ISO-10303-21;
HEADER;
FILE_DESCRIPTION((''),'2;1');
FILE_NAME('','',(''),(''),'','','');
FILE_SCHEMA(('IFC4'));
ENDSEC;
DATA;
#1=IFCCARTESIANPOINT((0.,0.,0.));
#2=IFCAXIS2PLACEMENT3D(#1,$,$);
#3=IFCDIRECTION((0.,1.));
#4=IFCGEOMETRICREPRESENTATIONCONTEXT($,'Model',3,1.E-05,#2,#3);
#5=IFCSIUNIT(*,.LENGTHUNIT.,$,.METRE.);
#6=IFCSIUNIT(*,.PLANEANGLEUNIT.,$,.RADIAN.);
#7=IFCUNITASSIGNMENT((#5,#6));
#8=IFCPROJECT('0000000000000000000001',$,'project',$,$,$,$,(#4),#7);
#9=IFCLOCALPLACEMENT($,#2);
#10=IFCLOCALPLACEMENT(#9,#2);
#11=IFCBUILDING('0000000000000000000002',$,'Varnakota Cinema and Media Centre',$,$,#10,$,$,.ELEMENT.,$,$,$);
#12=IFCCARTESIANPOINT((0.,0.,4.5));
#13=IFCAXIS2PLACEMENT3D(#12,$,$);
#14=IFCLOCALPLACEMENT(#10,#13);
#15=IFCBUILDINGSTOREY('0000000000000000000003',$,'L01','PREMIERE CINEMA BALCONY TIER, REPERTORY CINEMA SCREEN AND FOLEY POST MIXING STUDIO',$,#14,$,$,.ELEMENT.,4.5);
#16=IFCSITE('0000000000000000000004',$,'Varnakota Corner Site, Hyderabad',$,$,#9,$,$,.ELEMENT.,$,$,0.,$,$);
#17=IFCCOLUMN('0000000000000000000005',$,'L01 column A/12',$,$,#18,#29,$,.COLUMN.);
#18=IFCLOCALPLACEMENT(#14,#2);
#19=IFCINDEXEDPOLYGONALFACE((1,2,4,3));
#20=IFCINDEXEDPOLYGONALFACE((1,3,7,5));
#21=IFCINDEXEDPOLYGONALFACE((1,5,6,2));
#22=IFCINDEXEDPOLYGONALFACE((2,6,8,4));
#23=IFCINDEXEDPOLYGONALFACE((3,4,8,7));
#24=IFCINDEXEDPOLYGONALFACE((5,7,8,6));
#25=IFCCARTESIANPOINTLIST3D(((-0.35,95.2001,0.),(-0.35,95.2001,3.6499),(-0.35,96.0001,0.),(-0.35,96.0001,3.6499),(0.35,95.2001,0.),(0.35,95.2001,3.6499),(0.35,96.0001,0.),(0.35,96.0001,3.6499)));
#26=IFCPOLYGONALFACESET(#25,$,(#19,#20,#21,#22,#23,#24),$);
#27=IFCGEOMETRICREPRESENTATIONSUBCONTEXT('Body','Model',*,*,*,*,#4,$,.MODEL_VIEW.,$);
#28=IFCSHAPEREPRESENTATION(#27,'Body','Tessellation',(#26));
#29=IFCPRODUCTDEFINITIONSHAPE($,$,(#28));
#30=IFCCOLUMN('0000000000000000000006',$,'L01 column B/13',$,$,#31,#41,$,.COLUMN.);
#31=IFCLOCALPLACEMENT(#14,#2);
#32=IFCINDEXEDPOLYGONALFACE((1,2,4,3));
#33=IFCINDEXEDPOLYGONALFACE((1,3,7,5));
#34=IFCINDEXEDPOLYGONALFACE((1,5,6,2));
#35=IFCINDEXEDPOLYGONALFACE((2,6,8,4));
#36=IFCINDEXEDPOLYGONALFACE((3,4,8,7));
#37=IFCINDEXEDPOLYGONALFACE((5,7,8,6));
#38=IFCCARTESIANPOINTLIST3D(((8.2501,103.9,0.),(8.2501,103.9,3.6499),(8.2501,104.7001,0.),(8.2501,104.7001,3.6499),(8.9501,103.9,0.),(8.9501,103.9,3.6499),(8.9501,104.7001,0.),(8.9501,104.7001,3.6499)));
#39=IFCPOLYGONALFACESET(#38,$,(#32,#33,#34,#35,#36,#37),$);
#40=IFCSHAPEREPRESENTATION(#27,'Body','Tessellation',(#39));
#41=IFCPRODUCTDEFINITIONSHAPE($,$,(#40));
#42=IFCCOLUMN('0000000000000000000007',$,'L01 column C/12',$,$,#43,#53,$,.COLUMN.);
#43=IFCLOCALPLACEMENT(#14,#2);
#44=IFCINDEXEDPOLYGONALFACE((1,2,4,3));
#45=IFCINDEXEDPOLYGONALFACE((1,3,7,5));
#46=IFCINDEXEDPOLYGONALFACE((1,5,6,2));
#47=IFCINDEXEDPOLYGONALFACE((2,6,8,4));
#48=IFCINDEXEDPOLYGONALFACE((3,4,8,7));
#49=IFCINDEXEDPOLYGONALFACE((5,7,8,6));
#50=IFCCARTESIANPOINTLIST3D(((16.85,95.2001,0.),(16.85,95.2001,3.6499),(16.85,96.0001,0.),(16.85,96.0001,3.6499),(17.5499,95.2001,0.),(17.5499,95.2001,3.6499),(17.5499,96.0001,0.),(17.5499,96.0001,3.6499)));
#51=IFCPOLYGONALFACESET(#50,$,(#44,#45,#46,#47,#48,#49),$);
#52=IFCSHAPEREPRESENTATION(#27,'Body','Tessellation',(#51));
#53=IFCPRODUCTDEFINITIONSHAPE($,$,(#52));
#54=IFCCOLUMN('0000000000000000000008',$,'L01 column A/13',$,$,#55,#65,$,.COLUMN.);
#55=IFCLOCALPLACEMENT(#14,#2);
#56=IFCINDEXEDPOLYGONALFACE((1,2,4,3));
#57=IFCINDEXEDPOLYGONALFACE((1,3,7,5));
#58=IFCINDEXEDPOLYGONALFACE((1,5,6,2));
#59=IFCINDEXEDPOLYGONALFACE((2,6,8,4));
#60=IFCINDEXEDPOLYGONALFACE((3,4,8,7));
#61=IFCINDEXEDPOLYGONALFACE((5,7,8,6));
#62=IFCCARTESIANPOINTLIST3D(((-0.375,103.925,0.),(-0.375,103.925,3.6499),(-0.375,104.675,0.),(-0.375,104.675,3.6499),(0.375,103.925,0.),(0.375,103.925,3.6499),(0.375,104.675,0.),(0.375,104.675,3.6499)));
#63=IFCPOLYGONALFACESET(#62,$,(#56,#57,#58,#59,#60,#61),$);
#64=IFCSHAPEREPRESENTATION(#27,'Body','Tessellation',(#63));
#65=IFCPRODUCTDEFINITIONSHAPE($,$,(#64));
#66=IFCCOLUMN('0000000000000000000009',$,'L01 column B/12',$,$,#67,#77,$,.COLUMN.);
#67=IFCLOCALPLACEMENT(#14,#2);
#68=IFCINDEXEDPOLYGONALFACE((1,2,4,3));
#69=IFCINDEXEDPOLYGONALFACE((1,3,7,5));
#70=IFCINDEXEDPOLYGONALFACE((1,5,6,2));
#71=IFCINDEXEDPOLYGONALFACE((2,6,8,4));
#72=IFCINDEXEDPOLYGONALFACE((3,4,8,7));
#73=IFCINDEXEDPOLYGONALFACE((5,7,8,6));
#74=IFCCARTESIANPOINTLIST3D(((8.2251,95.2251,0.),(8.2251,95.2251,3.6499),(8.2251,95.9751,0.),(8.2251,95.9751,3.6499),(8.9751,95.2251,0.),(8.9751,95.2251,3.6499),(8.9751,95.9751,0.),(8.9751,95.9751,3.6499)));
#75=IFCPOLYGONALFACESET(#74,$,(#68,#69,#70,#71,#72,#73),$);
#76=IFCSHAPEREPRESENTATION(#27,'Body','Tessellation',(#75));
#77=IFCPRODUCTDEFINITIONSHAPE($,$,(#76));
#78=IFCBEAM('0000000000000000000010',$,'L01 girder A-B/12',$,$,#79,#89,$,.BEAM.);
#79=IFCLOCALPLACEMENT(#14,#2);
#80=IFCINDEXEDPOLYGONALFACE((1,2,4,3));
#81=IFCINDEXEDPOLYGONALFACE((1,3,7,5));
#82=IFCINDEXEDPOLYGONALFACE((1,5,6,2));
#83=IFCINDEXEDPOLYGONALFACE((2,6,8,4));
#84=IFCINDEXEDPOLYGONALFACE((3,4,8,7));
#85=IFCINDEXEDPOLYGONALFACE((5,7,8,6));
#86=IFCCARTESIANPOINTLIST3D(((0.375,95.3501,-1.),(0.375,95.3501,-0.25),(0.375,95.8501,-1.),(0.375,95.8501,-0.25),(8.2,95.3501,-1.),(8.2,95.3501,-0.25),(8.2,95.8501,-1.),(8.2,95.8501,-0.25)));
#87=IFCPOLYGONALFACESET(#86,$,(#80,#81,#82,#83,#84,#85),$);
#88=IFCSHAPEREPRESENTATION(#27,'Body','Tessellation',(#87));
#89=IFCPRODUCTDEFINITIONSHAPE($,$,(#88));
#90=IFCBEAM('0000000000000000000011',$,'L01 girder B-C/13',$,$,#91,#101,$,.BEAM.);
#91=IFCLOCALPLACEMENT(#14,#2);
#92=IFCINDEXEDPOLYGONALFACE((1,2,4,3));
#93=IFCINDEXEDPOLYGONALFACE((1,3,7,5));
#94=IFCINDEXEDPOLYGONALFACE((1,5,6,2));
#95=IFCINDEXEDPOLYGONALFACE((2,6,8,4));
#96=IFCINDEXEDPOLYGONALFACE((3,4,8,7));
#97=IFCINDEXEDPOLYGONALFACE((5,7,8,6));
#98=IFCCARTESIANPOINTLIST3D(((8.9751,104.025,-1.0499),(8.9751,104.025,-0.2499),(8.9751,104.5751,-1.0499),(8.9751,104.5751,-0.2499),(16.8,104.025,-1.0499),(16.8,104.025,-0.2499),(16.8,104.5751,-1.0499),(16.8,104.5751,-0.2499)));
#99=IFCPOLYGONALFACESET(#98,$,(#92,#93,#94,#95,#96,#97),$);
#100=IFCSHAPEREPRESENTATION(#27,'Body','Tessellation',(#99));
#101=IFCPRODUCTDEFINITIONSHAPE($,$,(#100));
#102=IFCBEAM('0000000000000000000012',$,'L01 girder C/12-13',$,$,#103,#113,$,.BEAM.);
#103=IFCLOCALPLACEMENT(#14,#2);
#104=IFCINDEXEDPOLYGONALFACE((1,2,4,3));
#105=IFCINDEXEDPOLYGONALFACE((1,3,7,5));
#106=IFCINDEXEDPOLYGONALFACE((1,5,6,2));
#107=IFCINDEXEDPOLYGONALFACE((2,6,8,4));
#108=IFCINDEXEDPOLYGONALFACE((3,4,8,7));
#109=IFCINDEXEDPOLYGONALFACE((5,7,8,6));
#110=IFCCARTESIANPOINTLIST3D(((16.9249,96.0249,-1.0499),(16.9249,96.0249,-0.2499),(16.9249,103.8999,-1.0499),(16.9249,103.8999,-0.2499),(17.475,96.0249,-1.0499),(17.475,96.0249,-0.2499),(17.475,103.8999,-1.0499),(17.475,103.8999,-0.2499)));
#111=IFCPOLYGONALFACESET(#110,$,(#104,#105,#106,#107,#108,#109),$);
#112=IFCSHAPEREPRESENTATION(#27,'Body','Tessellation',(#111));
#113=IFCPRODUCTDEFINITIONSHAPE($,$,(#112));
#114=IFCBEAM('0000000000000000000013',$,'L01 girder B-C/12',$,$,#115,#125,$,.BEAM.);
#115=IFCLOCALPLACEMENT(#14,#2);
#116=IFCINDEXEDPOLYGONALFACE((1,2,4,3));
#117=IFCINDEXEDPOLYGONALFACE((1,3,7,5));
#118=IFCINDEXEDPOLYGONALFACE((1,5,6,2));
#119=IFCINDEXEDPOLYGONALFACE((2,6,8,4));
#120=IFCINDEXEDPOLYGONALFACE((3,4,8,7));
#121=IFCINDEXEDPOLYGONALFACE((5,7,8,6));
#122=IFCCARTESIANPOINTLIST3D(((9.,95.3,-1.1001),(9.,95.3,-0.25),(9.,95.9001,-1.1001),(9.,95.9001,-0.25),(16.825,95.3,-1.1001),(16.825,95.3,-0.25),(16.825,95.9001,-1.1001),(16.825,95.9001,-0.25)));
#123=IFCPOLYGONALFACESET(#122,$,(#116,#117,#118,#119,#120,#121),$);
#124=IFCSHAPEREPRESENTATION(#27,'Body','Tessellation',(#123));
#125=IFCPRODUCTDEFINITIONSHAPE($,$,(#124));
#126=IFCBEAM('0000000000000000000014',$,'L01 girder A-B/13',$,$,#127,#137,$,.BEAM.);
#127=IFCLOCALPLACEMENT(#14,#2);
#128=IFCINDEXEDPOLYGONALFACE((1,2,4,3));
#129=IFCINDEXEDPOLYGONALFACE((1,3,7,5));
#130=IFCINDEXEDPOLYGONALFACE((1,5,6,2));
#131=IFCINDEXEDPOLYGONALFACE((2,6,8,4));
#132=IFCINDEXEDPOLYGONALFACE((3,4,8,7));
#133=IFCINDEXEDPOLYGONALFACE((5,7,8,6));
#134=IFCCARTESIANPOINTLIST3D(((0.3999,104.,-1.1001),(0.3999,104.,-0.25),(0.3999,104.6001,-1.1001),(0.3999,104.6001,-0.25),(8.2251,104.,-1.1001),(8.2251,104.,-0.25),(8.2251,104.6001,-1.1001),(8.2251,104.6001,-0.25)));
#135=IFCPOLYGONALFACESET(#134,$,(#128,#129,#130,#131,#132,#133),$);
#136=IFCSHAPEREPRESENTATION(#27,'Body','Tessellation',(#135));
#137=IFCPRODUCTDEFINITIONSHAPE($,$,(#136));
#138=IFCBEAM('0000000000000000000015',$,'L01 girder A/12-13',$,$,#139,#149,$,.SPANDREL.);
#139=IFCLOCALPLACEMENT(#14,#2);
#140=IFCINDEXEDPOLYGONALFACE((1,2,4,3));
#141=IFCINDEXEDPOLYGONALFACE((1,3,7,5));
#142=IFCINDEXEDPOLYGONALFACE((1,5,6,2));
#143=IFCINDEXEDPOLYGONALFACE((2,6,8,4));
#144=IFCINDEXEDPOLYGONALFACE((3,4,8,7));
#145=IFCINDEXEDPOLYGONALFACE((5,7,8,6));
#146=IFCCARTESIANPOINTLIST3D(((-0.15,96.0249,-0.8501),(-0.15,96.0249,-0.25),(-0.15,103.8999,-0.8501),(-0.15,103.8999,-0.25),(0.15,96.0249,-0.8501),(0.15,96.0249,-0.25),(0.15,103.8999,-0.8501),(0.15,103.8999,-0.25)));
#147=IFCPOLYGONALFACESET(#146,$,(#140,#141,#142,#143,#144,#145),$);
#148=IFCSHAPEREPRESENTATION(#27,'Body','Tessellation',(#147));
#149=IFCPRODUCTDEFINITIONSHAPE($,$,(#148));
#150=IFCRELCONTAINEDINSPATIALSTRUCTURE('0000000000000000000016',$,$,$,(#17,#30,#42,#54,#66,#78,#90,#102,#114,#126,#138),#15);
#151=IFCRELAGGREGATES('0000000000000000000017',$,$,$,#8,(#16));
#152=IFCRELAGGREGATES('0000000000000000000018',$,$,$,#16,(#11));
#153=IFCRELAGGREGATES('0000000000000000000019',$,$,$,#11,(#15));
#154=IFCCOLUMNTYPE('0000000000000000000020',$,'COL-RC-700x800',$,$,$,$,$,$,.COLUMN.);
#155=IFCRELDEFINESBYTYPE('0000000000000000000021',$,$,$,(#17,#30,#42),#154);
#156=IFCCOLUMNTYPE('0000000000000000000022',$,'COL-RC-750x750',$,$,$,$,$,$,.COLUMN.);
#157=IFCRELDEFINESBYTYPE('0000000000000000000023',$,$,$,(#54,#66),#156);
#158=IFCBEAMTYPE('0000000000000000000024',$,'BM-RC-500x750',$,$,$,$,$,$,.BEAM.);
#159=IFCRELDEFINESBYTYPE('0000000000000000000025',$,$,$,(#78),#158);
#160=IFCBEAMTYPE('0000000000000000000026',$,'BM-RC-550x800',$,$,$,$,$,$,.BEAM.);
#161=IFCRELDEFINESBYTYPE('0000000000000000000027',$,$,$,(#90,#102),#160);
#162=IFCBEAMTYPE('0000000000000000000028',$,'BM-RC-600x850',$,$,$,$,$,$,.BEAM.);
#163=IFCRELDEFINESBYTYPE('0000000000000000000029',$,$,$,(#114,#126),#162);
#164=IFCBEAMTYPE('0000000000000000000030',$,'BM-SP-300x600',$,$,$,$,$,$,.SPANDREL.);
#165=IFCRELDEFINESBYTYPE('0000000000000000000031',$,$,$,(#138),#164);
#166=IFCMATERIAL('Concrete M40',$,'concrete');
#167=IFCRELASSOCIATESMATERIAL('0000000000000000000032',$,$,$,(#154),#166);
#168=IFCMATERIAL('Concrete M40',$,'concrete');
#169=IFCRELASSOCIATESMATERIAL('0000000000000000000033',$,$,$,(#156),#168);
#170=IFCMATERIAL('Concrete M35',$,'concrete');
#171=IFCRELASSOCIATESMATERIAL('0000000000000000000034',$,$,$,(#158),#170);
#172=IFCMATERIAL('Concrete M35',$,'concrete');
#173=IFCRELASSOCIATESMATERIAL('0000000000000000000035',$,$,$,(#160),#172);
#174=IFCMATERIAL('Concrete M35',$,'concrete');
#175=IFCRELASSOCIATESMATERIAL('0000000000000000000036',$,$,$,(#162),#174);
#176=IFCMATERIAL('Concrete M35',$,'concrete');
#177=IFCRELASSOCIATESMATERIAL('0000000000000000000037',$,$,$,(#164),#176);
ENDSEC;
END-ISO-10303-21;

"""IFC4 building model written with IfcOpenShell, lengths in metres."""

from ifc_helpers import new_model, si_unit, direction, frame, origin, origin_2d, place, context, subcontext, project, spatial, rectangle, extrude, material, material_profile, profile_set, type_object, element, save


model = new_model("IFC4")

# Units and contexts
model_context = context("Model", 3, precision=1e-05, world=origin(), true_north=direction((0.0, 1.0)))
body_context = subcontext(model_context, "Body", "Model", "MODEL_VIEW")
ifc_project = project(units=[si_unit("LENGTHUNIT", "METRE"), si_unit("PLANEANGLEUNIT", "RADIAN")], contexts=[model_context])

# Site, building, storey
site_placement = place(None, origin())
site = spatial("IfcSite", under=ifc_project, at=site_placement, Name="Varnakota Corner Site, Hyderabad", CompositionType="ELEMENT", RefElevation=0.0)
building_placement = place(site_placement, origin())
building = spatial("IfcBuilding", under=site, at=building_placement, Name="Varnakota Cinema and Media Centre", CompositionType="ELEMENT")
storey_placement = place(building_placement, frame((0.0, 0.0, 4.5)))
storey = spatial("IfcBuildingStorey", under=building, at=storey_placement, Name="L01", Description="PREMIERE CINEMA BALCONY TIER, REPERTORY CINEMA SCREEN AND FOLEY POST MIXING STUDIO", CompositionType="ELEMENT", Elevation=4.5)

# Columns
ifc_material_1 = material(Name="Concrete M40", Category="concrete")
ifc_material_profile_1 = material_profile(ifc_material_1, rectangle(XDim=0.7, YDim=0.8, at=origin_2d()), Name="RC 700x800")
ifc_profile_set_1 = profile_set([ifc_material_profile_1], Name="Concrete M40")
column_type_1 = type_object("IfcColumnType", Name="COL-RC-700x800", PredefinedType="COLUMN", material=ifc_profile_set_1)
for number, where, z_axis, x_axis, name in (
    (1, (0.0, 95.6001, 0.0), (0.0, 0.0, 1.0), (1.0, 0.0, 0.0), "L01 column A/12"),
    (2, (8.6001, 104.3, 0.0), (0.0, 0.0, 1.0), (1.0, 0.0, 0.0), "L01 column B/13"),
    (3, (17.2, 95.6001, 0.0), (0.0, 0.0, 1.0), (1.0, 0.0, 0.0), "L01 column C/12"),
):
    element("IfcColumn", number, at=place(storey_placement, frame(where, z_axis=z_axis, x_axis=x_axis)), inside=storey, type_object=column_type_1, Name=name, PredefinedType="COLUMN", context=body_context, shape_type="SweptSolid", body=[
        extrude(rectangle(XDim=0.7, YDim=0.8, at=origin_2d()), origin(), (0.0, 0.0, 1.0), 3.6499),
    ])
ifc_material_2 = material(Name="Concrete M40", Category="concrete")
ifc_material_profile_2 = material_profile(ifc_material_2, rectangle(XDim=0.75, YDim=0.75, at=origin_2d()), Name="RC 750x750")
ifc_profile_set_2 = profile_set([ifc_material_profile_2], Name="Concrete M40")
column_type_2 = type_object("IfcColumnType", Name="COL-RC-750x750", PredefinedType="COLUMN", material=ifc_profile_set_2)
for number, where, z_axis, x_axis, name in (
    (4, (0.0, 104.3, 0.0), (0.0, 0.0, 1.0), (1.0, 0.0, 0.0), "L01 column A/13"),
    (5, (8.6001, 95.6001, 0.0), (0.0, 0.0, 1.0), (1.0, 0.0, 0.0), "L01 column B/12"),
):
    element("IfcColumn", number, at=place(storey_placement, frame(where, z_axis=z_axis, x_axis=x_axis)), inside=storey, type_object=column_type_2, Name=name, PredefinedType="COLUMN", context=body_context, shape_type="SweptSolid", body=[
        extrude(rectangle(XDim=0.75, YDim=0.75, at=origin_2d()), origin(), (0.0, 0.0, 1.0), 3.6499),
    ])

# Beams
ifc_material_3 = material(Name="Concrete M35", Category="concrete")
ifc_material_profile_3 = material_profile(ifc_material_3, rectangle(XDim=0.5, YDim=0.75, at=origin_2d()), Name="RCB 500x750")
ifc_profile_set_3 = profile_set([ifc_material_profile_3], Name="Concrete M35")
beam_type_1 = type_object("IfcBeamType", Name="BM-RC-500x750", PredefinedType="BEAM", material=ifc_profile_set_3)
beam_1_placement = place(storey_placement, frame((0.375, 95.6001, -0.625), z_axis=(1.0, 0.0, 0.0), x_axis=(0.0, 1.0, 0.0)))
element("IfcBeam", 6, at=beam_1_placement, inside=storey, type_object=beam_type_1, Name="L01 girder A-B/12", PredefinedType="BEAM", context=body_context, shape_type="SweptSolid", body=[
    extrude(rectangle(XDim=0.5, YDim=0.75, at=origin_2d()), origin(), (0.0, 0.0, 1.0), 7.825),
])
ifc_material_4 = material(Name="Concrete M35", Category="concrete")
ifc_material_profile_4 = material_profile(ifc_material_4, rectangle(XDim=0.55, YDim=0.8, at=origin_2d()), Name="RCB 550x800")
ifc_profile_set_4 = profile_set([ifc_material_profile_4], Name="Concrete M35")
beam_type_2 = type_object("IfcBeamType", Name="BM-RC-550x800", PredefinedType="BEAM", material=ifc_profile_set_4)
beam_2_placement = place(storey_placement, frame((8.9751, 104.3, -0.6499), z_axis=(1.0, 0.0, 0.0), x_axis=(0.0, 1.0, 0.0)))
element("IfcBeam", 7, at=beam_2_placement, inside=storey, type_object=beam_type_2, Name="L01 girder B-C/13", PredefinedType="BEAM", context=body_context, shape_type="SweptSolid", body=[
    extrude(rectangle(XDim=0.55, YDim=0.8, at=origin_2d()), origin(), (0.0, 0.0, 1.0), 7.825),
])
beam_3_placement = place(storey_placement, frame((17.2, 96.0249, -0.6499), z_axis=(0.0, 1.0, 0.0), x_axis=(-1.0, 0.0, 0.0)))
element("IfcBeam", 8, at=beam_3_placement, inside=storey, type_object=beam_type_2, Name="L01 girder C/12-13", PredefinedType="BEAM", context=body_context, shape_type="SweptSolid", body=[
    extrude(rectangle(XDim=0.55, YDim=0.8, at=origin_2d()), origin(), (0.0, 0.0, 1.0), 7.875),
])
ifc_material_5 = material(Name="Concrete M35", Category="concrete")
ifc_material_profile_5 = material_profile(ifc_material_5, rectangle(XDim=0.6001, YDim=0.8501, at=origin_2d()), Name="RCB 600x850")
ifc_profile_set_5 = profile_set([ifc_material_profile_5], Name="Concrete M35")
beam_type_3 = type_object("IfcBeamType", Name="BM-RC-600x850", PredefinedType="BEAM", material=ifc_profile_set_5)
beam_4_placement = place(storey_placement, frame((9.0, 95.6001, -0.675), z_axis=(1.0, 0.0, 0.0), x_axis=(0.0, 1.0, 0.0)))
element("IfcBeam", 9, at=beam_4_placement, inside=storey, type_object=beam_type_3, Name="L01 girder B-C/12", PredefinedType="BEAM", context=body_context, shape_type="SweptSolid", body=[
    extrude(rectangle(XDim=0.6001, YDim=0.8501, at=origin_2d()), origin(), (0.0, 0.0, 1.0), 7.825),
])
beam_5_placement = place(storey_placement, frame((0.3999, 104.3, -0.675), z_axis=(1.0, 0.0, 0.0), x_axis=(0.0, 1.0, 0.0)))
element("IfcBeam", 10, at=beam_5_placement, inside=storey, type_object=beam_type_3, Name="L01 girder A-B/13", PredefinedType="BEAM", context=body_context, shape_type="SweptSolid", body=[
    extrude(rectangle(XDim=0.6001, YDim=0.8501, at=origin_2d()), origin(), (0.0, 0.0, 1.0), 7.8252),
])
ifc_material_6 = material(Name="Concrete M35", Category="concrete")
ifc_material_profile_6 = material_profile(ifc_material_6, rectangle(XDim=0.3, YDim=0.6001, at=origin_2d()), Name="RCB 300x600")
ifc_profile_set_6 = profile_set([ifc_material_profile_6], Name="Concrete M35")
beam_type_4 = type_object("IfcBeamType", Name="BM-SP-300x600", PredefinedType="SPANDREL", material=ifc_profile_set_6)
beam_6_placement = place(storey_placement, frame((0.0, 96.0249, -0.55), z_axis=(0.0, 1.0, 0.0), x_axis=(-1.0, 0.0, 0.0)))
element("IfcBeam", 11, at=beam_6_placement, inside=storey, type_object=beam_type_4, Name="L01 girder A/12-13", PredefinedType="SPANDREL", context=body_context, shape_type="SweptSolid", body=[
    extrude(rectangle(XDim=0.3, YDim=0.6001, at=origin_2d()), origin(), (0.0, 0.0, 1.0), 7.875),
])

save(model, "model.ifc")
